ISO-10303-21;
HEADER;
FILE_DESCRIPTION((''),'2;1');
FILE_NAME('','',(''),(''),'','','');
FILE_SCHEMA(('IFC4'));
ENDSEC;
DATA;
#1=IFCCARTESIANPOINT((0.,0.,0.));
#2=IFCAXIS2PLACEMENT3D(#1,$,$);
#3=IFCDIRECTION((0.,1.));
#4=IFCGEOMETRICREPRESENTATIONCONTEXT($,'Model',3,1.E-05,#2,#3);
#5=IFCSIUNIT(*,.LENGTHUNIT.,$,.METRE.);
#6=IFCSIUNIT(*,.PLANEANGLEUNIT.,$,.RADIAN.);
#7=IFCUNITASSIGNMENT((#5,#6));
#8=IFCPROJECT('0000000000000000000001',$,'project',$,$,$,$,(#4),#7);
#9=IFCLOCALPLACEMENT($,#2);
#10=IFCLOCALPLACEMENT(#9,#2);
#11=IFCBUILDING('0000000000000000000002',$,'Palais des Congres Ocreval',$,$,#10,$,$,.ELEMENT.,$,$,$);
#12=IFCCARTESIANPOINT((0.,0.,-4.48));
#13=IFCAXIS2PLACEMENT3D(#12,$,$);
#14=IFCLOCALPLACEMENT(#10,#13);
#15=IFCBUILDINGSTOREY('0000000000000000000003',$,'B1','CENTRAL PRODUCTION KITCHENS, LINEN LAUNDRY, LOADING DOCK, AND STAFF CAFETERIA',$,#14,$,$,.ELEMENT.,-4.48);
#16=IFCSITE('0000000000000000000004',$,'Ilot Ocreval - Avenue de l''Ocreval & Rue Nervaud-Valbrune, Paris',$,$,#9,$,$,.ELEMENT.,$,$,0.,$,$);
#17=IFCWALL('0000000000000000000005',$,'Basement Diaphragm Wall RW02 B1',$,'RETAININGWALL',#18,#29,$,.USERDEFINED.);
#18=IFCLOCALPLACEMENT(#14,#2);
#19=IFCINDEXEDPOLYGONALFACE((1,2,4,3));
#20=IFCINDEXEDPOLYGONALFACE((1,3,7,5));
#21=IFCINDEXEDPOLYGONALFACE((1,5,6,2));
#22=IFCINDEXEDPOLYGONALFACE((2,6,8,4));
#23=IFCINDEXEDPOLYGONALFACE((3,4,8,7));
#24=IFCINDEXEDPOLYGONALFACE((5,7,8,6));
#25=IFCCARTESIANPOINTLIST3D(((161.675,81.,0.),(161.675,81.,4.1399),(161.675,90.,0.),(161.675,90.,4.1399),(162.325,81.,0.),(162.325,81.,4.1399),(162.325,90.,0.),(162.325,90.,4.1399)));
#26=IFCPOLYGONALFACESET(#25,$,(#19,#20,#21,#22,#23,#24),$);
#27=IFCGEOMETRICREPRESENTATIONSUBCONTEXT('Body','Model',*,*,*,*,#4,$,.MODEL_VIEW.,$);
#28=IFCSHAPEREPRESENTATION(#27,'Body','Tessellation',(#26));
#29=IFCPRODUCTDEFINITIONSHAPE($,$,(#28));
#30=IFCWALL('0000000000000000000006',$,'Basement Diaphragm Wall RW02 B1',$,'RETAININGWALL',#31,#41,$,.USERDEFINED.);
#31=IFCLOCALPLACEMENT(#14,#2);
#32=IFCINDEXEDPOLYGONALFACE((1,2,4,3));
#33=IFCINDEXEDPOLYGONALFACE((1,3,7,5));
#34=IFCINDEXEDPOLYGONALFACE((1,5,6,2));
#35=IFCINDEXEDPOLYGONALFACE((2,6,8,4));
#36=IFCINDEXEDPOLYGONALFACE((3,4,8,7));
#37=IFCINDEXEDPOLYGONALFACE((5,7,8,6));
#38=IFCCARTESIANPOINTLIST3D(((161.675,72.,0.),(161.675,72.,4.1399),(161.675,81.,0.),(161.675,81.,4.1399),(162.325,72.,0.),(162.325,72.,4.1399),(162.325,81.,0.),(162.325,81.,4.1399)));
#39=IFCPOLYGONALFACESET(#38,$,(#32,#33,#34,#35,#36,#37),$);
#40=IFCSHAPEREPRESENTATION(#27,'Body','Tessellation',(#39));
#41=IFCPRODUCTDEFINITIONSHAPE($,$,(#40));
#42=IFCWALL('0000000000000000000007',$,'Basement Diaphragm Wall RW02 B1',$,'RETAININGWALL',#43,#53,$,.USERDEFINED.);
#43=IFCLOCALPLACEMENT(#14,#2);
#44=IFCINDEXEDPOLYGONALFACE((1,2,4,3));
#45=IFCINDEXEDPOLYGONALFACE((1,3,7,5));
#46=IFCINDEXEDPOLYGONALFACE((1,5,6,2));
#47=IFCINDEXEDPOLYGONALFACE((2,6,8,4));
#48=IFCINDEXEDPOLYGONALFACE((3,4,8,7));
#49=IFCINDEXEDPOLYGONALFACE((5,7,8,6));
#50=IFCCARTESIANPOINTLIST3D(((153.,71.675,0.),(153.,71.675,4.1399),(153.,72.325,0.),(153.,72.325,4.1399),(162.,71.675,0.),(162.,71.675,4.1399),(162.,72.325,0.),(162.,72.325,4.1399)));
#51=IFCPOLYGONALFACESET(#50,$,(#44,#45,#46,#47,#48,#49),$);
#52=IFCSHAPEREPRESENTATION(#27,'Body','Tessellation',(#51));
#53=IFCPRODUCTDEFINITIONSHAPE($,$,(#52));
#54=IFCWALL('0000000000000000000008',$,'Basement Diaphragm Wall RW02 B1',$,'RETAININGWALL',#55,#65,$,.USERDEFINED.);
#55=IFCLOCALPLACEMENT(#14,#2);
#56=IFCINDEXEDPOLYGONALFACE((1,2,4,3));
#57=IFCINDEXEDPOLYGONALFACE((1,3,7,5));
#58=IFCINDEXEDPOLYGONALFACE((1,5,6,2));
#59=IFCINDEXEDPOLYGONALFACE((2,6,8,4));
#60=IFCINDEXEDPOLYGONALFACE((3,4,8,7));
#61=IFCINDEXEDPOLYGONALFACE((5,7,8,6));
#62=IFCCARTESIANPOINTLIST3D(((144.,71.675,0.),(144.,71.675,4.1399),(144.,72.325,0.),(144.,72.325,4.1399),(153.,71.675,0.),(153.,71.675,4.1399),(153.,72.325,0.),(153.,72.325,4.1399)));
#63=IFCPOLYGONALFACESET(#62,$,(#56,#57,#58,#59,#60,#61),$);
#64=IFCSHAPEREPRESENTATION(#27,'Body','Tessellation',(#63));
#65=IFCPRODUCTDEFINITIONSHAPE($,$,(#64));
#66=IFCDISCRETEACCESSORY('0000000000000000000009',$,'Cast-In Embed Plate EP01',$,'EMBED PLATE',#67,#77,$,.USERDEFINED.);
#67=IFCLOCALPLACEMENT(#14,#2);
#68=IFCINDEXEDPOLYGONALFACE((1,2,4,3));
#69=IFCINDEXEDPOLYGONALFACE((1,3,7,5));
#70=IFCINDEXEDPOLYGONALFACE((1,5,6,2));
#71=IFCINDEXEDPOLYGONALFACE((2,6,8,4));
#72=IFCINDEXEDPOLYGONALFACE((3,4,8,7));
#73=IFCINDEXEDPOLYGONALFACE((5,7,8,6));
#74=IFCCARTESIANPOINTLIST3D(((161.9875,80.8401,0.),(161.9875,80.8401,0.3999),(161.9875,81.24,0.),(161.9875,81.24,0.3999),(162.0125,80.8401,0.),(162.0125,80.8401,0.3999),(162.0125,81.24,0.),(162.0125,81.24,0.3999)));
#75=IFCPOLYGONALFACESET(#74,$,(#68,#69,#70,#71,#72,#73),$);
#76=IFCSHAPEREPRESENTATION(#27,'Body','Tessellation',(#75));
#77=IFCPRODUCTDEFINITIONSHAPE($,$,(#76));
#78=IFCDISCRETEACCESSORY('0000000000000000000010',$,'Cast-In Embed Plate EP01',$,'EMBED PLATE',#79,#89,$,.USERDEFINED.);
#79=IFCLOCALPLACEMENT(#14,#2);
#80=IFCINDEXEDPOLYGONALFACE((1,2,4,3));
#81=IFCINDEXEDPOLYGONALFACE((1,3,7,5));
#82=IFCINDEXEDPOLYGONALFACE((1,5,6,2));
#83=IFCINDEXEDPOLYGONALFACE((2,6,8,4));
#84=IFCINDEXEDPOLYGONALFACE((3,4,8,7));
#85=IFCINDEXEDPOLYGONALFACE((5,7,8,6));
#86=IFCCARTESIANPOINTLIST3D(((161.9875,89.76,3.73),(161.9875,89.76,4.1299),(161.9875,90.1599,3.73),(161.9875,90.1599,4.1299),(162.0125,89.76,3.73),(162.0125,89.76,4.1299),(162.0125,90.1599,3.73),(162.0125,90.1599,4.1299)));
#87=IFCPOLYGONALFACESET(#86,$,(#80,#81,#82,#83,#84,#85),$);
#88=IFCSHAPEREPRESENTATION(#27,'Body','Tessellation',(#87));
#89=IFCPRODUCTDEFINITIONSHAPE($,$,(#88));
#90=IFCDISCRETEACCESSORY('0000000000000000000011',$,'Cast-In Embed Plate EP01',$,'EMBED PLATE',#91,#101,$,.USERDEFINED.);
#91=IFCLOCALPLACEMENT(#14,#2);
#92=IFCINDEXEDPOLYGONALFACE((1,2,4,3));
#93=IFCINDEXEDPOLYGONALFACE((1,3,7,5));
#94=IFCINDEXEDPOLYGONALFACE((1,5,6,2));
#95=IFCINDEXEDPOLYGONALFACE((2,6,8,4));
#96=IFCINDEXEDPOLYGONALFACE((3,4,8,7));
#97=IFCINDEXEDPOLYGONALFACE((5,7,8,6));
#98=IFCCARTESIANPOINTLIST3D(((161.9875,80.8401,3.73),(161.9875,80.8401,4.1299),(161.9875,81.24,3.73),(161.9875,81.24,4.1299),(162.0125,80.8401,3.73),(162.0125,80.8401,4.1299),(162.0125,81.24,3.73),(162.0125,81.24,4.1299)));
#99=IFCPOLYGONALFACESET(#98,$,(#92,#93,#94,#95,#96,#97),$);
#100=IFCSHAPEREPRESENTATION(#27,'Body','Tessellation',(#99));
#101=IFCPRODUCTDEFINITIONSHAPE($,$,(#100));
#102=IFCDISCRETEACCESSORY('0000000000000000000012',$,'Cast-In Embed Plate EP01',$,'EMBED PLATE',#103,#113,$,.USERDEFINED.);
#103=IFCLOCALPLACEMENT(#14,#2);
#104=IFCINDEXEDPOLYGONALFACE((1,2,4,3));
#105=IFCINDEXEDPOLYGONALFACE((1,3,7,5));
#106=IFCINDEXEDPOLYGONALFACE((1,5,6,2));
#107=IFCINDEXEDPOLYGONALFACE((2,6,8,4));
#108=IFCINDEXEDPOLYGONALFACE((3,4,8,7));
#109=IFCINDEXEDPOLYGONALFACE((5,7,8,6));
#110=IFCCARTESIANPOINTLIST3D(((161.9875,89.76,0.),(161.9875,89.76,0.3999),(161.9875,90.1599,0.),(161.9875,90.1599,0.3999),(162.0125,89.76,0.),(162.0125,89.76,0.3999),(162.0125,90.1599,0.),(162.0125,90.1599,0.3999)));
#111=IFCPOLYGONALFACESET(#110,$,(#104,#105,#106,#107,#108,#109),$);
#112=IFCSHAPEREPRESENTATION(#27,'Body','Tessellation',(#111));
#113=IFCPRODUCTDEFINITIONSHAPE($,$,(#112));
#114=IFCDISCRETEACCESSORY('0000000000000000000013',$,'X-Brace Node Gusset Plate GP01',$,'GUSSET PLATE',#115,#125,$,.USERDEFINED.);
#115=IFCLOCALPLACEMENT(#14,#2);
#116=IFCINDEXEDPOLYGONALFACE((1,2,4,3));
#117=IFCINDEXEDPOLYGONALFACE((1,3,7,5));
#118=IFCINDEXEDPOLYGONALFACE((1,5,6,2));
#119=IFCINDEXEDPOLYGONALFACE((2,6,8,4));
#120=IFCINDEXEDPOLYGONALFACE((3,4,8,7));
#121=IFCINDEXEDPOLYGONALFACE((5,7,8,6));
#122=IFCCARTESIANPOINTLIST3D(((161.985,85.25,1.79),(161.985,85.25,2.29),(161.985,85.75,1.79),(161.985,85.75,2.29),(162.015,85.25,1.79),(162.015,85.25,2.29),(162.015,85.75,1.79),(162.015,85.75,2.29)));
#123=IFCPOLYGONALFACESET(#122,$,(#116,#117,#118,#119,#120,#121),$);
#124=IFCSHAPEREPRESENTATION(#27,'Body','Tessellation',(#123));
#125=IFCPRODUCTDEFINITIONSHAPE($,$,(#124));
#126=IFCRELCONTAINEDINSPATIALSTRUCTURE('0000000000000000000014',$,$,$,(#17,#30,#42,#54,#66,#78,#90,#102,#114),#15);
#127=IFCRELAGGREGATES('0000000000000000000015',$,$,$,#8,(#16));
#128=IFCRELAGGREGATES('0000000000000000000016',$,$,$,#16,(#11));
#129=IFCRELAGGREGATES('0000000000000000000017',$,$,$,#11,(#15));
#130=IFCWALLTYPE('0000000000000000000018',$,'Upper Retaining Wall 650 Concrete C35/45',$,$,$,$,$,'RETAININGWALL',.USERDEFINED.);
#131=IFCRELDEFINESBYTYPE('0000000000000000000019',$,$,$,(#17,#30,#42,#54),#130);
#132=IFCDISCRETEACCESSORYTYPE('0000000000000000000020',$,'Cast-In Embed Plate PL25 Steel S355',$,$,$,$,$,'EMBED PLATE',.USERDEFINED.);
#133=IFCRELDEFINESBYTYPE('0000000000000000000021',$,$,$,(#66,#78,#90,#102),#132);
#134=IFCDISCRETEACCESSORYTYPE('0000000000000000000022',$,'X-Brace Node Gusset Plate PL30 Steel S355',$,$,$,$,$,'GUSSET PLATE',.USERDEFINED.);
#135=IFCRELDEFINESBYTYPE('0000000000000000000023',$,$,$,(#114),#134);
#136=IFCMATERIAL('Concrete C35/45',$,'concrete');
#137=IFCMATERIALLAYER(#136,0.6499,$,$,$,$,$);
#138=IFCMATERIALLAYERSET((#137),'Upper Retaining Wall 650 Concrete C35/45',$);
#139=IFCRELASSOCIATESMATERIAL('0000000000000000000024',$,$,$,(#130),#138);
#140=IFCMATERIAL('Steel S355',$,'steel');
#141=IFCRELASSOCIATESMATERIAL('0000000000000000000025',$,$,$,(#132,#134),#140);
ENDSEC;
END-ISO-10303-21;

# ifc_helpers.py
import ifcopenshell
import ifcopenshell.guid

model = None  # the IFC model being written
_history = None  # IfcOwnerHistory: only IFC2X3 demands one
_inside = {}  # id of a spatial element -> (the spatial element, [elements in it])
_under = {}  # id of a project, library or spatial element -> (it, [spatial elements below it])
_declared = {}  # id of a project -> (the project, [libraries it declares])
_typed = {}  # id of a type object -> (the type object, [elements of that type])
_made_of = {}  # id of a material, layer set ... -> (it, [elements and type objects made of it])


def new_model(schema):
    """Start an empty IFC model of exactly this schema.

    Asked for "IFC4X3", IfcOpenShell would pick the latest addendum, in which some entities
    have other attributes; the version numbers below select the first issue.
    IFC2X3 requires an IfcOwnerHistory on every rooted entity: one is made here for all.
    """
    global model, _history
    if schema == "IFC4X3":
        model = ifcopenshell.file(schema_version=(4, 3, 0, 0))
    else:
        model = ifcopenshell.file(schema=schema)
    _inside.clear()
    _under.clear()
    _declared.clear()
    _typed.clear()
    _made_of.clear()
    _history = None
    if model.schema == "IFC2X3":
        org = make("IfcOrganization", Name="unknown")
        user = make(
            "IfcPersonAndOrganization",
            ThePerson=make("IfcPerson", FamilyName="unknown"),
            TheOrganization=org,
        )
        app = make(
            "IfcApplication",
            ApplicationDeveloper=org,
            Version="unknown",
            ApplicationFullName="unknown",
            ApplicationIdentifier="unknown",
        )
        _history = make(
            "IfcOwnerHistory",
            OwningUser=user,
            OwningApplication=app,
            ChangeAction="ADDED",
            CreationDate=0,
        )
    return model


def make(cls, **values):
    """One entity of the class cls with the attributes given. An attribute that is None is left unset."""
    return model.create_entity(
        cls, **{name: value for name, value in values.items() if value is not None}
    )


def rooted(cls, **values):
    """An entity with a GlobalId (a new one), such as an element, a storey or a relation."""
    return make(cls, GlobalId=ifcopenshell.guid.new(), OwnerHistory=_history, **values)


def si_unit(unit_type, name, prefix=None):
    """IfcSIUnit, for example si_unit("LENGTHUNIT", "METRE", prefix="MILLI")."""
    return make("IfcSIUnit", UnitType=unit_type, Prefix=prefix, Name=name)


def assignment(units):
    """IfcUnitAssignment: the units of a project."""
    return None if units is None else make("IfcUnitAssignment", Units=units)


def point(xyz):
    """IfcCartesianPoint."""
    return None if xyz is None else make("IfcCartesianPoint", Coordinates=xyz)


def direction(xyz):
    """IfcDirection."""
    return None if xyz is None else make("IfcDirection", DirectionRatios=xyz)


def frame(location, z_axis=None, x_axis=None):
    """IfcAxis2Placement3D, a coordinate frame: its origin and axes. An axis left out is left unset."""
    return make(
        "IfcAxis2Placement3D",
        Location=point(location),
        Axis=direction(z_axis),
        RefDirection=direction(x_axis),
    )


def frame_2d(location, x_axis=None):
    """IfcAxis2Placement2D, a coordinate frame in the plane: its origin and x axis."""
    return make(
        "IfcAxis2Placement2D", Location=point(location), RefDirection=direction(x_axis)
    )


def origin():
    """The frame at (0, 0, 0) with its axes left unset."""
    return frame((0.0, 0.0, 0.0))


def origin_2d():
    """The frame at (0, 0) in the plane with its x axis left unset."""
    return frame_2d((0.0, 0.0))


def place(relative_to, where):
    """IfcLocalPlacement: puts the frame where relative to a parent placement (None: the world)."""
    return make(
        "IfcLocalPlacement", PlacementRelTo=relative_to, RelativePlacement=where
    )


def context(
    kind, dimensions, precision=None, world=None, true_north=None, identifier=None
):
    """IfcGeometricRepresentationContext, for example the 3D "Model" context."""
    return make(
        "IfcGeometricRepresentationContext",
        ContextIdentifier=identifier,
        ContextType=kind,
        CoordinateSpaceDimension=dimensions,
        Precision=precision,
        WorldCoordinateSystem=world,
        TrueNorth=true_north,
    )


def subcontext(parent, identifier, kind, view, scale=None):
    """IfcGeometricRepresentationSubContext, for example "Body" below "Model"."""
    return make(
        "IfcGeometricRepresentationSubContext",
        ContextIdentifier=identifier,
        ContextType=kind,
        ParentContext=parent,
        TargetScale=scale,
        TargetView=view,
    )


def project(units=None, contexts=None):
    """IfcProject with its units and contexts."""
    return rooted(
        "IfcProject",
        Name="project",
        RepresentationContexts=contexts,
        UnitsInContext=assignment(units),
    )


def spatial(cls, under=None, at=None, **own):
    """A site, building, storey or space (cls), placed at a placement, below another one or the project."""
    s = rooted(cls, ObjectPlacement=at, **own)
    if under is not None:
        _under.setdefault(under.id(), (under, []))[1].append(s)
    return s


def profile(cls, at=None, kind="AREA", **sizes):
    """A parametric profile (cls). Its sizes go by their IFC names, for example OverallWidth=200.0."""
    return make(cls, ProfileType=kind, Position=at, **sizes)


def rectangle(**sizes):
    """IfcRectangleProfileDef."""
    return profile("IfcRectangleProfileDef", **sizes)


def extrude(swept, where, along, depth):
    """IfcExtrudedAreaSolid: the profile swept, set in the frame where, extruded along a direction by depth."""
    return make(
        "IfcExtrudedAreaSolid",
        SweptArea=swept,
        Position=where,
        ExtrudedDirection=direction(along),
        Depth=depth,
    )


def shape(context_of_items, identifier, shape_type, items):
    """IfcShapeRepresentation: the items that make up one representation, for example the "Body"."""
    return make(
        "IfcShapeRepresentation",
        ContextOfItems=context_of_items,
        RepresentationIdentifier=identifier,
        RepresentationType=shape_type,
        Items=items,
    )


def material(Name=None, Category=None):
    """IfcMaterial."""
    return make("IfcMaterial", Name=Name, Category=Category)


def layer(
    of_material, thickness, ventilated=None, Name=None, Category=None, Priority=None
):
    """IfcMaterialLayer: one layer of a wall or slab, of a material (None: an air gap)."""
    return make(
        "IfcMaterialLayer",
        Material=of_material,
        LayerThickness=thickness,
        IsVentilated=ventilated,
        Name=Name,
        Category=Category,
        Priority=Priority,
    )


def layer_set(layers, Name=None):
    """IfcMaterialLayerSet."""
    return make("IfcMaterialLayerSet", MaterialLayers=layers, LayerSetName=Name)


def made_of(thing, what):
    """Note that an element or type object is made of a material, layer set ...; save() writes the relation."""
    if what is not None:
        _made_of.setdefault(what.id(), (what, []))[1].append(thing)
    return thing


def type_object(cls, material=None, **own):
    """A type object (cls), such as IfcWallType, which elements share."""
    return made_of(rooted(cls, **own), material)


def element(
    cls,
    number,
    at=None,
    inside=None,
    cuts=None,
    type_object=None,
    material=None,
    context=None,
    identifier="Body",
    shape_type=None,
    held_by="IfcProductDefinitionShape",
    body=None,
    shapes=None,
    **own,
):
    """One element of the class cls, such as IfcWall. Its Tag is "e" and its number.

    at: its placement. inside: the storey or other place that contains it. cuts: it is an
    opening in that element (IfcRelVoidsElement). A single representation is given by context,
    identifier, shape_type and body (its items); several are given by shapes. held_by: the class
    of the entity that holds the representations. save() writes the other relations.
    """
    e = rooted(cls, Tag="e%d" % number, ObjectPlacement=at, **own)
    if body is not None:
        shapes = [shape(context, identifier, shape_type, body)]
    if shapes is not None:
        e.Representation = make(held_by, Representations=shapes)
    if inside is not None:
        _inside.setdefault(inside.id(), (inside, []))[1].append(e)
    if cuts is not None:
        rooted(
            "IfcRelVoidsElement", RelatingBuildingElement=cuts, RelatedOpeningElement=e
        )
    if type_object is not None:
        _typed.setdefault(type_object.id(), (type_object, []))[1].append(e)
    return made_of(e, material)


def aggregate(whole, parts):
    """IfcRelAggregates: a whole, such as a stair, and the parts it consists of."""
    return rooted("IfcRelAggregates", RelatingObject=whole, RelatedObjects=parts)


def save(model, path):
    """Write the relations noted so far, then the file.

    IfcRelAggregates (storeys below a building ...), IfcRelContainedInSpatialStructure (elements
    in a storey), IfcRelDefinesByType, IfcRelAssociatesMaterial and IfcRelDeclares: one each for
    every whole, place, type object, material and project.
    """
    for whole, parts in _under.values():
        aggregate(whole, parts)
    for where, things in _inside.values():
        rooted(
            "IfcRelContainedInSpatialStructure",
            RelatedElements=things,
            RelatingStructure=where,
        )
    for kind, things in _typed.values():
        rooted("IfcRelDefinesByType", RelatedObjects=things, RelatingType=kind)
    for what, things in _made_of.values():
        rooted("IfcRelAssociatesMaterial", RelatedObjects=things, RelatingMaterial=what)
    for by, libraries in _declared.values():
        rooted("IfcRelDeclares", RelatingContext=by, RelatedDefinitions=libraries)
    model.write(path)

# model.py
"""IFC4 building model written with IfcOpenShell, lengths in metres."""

from ifc_helpers import new_model, si_unit, direction, frame, frame_2d, origin, origin_2d, place, context, subcontext, project, spatial, rectangle, extrude, material, layer, layer_set, type_object, element, save


model = new_model("IFC4")

# Units and contexts
model_context = context("Model", 3, precision=1e-05, world=origin(), true_north=direction((0.0, 1.0)))
body_context = subcontext(model_context, "Body", "Model", "MODEL_VIEW")
ifc_project = project(units=[si_unit("LENGTHUNIT", "METRE"), si_unit("PLANEANGLEUNIT", "RADIAN")], contexts=[model_context])

# Site, building, storey
site_placement = place(None, origin())
site = spatial("IfcSite", under=ifc_project, at=site_placement, Name="Ilot Ocreval - Avenue de l'Ocreval & Rue Nervaud-Valbrune, Paris", CompositionType="ELEMENT", RefElevation=0.0)
building_placement = place(site_placement, origin())
building = spatial("IfcBuilding", under=site, at=building_placement, Name="Palais des Congres Ocreval", CompositionType="ELEMENT")
storey_placement = place(building_placement, frame((0.0, 0.0, -4.48)))
storey = spatial("IfcBuildingStorey", under=building, at=storey_placement, Name="B1", Description="CENTRAL PRODUCTION KITCHENS, LINEN LAUNDRY, LOADING DOCK, AND STAFF CAFETERIA", CompositionType="ELEMENT", Elevation=-4.48)

# Shared definitions
ifc_material_1 = material(Name="Steel S355", Category="steel")

# Shared definitions
ifc_material_2 = material(Name="Concrete C35/45", Category="concrete")

# Walls
ifc_layer_1 = layer(ifc_material_2, 0.6499)
ifc_layer_set_1 = layer_set([ifc_layer_1], Name="Upper Retaining Wall 650 Concrete C35/45")
wall_type_1 = type_object("IfcWallType", Name="Upper Retaining Wall 650 Concrete C35/45", ElementType="RETAININGWALL", PredefinedType="USERDEFINED", material=ifc_layer_set_1)
for number, where, z_axis, x_axis, name in (
    (1, (162.0, 90.0, 0.0), (0.0, 0.0, 1.0), (0.0, -1.0, 0.0), "Basement Diaphragm Wall RW02 B1"),
    (2, (162.0, 81.0, 0.0), (0.0, 0.0, 1.0), (0.0, -1.0, 0.0), "Basement Diaphragm Wall RW02 B1"),
    (3, (162.0, 72.0, 0.0), (0.0, 0.0, 1.0), (-1.0, 0.0, 0.0), "Basement Diaphragm Wall RW02 B1"),
    (4, (153.0, 72.0, 0.0), (0.0, 0.0, 1.0), (-1.0, 0.0, 0.0), "Basement Diaphragm Wall RW02 B1"),
):
    element("IfcWall", number, at=place(storey_placement, frame(where, z_axis=z_axis, x_axis=x_axis)), inside=storey, type_object=wall_type_1, Name=name, ObjectType="RETAININGWALL", PredefinedType="USERDEFINED", context=body_context, shape_type="SweptSolid", body=[
        extrude(rectangle(XDim=9.0, YDim=0.6499, at=frame_2d((4.5, 0.0))), origin(), (0.0, 0.0, 1.0), 4.1399),
    ])

# Discrete accessories
discrete_accessory_type_1 = type_object("IfcDiscreteAccessoryType", Name="Cast-In Embed Plate PL25 Steel S355", ElementType="EMBED PLATE", PredefinedType="USERDEFINED", material=ifc_material_1)
for number, where, z_axis, x_axis, name in (
    (5, (162.0, 81.04, 0.0), (0.0, 0.0, 1.0), (0.0, -1.0, 0.0), "Cast-In Embed Plate EP01"),
    (6, (162.0, 89.96, 3.73), (0.0, 0.0, 1.0), (0.0, -1.0, 0.0), "Cast-In Embed Plate EP01"),
    (7, (162.0, 81.04, 3.73), (0.0, 0.0, 1.0), (0.0, -1.0, 0.0), "Cast-In Embed Plate EP01"),
    (8, (162.0, 89.96, 0.0), (0.0, 0.0, 1.0), (0.0, -1.0, 0.0), "Cast-In Embed Plate EP01"),
):
    element("IfcDiscreteAccessory", number, at=place(storey_placement, frame(where, z_axis=z_axis, x_axis=x_axis)), inside=storey, type_object=discrete_accessory_type_1, Name=name, ObjectType="EMBED PLATE", PredefinedType="USERDEFINED", context=body_context, shape_type="SweptSolid", body=[
        extrude(rectangle(XDim=0.3999, YDim=0.0249, at=origin_2d()), origin(), (0.0, 0.0, 1.0), 0.3999),
    ])
discrete_accessory_type_2 = type_object("IfcDiscreteAccessoryType", Name="X-Brace Node Gusset Plate PL30 Steel S355", ElementType="GUSSET PLATE", PredefinedType="USERDEFINED", material=ifc_material_1)
discrete_accessory_placement = place(storey_placement, frame((162.0, 85.5, 1.79), z_axis=(0.0, 0.0, 1.0), x_axis=(0.0, 1.0, 0.0)))
element("IfcDiscreteAccessory", 9, at=discrete_accessory_placement, inside=storey, type_object=discrete_accessory_type_2, Name="X-Brace Node Gusset Plate GP01", ObjectType="GUSSET PLATE", PredefinedType="USERDEFINED", context=body_context, shape_type="SweptSolid", body=[
    extrude(rectangle(XDim=0.5, YDim=0.03, at=origin_2d()), origin(), (0.0, 0.0, 1.0), 0.5),
])

save(model, "model.ifc")
